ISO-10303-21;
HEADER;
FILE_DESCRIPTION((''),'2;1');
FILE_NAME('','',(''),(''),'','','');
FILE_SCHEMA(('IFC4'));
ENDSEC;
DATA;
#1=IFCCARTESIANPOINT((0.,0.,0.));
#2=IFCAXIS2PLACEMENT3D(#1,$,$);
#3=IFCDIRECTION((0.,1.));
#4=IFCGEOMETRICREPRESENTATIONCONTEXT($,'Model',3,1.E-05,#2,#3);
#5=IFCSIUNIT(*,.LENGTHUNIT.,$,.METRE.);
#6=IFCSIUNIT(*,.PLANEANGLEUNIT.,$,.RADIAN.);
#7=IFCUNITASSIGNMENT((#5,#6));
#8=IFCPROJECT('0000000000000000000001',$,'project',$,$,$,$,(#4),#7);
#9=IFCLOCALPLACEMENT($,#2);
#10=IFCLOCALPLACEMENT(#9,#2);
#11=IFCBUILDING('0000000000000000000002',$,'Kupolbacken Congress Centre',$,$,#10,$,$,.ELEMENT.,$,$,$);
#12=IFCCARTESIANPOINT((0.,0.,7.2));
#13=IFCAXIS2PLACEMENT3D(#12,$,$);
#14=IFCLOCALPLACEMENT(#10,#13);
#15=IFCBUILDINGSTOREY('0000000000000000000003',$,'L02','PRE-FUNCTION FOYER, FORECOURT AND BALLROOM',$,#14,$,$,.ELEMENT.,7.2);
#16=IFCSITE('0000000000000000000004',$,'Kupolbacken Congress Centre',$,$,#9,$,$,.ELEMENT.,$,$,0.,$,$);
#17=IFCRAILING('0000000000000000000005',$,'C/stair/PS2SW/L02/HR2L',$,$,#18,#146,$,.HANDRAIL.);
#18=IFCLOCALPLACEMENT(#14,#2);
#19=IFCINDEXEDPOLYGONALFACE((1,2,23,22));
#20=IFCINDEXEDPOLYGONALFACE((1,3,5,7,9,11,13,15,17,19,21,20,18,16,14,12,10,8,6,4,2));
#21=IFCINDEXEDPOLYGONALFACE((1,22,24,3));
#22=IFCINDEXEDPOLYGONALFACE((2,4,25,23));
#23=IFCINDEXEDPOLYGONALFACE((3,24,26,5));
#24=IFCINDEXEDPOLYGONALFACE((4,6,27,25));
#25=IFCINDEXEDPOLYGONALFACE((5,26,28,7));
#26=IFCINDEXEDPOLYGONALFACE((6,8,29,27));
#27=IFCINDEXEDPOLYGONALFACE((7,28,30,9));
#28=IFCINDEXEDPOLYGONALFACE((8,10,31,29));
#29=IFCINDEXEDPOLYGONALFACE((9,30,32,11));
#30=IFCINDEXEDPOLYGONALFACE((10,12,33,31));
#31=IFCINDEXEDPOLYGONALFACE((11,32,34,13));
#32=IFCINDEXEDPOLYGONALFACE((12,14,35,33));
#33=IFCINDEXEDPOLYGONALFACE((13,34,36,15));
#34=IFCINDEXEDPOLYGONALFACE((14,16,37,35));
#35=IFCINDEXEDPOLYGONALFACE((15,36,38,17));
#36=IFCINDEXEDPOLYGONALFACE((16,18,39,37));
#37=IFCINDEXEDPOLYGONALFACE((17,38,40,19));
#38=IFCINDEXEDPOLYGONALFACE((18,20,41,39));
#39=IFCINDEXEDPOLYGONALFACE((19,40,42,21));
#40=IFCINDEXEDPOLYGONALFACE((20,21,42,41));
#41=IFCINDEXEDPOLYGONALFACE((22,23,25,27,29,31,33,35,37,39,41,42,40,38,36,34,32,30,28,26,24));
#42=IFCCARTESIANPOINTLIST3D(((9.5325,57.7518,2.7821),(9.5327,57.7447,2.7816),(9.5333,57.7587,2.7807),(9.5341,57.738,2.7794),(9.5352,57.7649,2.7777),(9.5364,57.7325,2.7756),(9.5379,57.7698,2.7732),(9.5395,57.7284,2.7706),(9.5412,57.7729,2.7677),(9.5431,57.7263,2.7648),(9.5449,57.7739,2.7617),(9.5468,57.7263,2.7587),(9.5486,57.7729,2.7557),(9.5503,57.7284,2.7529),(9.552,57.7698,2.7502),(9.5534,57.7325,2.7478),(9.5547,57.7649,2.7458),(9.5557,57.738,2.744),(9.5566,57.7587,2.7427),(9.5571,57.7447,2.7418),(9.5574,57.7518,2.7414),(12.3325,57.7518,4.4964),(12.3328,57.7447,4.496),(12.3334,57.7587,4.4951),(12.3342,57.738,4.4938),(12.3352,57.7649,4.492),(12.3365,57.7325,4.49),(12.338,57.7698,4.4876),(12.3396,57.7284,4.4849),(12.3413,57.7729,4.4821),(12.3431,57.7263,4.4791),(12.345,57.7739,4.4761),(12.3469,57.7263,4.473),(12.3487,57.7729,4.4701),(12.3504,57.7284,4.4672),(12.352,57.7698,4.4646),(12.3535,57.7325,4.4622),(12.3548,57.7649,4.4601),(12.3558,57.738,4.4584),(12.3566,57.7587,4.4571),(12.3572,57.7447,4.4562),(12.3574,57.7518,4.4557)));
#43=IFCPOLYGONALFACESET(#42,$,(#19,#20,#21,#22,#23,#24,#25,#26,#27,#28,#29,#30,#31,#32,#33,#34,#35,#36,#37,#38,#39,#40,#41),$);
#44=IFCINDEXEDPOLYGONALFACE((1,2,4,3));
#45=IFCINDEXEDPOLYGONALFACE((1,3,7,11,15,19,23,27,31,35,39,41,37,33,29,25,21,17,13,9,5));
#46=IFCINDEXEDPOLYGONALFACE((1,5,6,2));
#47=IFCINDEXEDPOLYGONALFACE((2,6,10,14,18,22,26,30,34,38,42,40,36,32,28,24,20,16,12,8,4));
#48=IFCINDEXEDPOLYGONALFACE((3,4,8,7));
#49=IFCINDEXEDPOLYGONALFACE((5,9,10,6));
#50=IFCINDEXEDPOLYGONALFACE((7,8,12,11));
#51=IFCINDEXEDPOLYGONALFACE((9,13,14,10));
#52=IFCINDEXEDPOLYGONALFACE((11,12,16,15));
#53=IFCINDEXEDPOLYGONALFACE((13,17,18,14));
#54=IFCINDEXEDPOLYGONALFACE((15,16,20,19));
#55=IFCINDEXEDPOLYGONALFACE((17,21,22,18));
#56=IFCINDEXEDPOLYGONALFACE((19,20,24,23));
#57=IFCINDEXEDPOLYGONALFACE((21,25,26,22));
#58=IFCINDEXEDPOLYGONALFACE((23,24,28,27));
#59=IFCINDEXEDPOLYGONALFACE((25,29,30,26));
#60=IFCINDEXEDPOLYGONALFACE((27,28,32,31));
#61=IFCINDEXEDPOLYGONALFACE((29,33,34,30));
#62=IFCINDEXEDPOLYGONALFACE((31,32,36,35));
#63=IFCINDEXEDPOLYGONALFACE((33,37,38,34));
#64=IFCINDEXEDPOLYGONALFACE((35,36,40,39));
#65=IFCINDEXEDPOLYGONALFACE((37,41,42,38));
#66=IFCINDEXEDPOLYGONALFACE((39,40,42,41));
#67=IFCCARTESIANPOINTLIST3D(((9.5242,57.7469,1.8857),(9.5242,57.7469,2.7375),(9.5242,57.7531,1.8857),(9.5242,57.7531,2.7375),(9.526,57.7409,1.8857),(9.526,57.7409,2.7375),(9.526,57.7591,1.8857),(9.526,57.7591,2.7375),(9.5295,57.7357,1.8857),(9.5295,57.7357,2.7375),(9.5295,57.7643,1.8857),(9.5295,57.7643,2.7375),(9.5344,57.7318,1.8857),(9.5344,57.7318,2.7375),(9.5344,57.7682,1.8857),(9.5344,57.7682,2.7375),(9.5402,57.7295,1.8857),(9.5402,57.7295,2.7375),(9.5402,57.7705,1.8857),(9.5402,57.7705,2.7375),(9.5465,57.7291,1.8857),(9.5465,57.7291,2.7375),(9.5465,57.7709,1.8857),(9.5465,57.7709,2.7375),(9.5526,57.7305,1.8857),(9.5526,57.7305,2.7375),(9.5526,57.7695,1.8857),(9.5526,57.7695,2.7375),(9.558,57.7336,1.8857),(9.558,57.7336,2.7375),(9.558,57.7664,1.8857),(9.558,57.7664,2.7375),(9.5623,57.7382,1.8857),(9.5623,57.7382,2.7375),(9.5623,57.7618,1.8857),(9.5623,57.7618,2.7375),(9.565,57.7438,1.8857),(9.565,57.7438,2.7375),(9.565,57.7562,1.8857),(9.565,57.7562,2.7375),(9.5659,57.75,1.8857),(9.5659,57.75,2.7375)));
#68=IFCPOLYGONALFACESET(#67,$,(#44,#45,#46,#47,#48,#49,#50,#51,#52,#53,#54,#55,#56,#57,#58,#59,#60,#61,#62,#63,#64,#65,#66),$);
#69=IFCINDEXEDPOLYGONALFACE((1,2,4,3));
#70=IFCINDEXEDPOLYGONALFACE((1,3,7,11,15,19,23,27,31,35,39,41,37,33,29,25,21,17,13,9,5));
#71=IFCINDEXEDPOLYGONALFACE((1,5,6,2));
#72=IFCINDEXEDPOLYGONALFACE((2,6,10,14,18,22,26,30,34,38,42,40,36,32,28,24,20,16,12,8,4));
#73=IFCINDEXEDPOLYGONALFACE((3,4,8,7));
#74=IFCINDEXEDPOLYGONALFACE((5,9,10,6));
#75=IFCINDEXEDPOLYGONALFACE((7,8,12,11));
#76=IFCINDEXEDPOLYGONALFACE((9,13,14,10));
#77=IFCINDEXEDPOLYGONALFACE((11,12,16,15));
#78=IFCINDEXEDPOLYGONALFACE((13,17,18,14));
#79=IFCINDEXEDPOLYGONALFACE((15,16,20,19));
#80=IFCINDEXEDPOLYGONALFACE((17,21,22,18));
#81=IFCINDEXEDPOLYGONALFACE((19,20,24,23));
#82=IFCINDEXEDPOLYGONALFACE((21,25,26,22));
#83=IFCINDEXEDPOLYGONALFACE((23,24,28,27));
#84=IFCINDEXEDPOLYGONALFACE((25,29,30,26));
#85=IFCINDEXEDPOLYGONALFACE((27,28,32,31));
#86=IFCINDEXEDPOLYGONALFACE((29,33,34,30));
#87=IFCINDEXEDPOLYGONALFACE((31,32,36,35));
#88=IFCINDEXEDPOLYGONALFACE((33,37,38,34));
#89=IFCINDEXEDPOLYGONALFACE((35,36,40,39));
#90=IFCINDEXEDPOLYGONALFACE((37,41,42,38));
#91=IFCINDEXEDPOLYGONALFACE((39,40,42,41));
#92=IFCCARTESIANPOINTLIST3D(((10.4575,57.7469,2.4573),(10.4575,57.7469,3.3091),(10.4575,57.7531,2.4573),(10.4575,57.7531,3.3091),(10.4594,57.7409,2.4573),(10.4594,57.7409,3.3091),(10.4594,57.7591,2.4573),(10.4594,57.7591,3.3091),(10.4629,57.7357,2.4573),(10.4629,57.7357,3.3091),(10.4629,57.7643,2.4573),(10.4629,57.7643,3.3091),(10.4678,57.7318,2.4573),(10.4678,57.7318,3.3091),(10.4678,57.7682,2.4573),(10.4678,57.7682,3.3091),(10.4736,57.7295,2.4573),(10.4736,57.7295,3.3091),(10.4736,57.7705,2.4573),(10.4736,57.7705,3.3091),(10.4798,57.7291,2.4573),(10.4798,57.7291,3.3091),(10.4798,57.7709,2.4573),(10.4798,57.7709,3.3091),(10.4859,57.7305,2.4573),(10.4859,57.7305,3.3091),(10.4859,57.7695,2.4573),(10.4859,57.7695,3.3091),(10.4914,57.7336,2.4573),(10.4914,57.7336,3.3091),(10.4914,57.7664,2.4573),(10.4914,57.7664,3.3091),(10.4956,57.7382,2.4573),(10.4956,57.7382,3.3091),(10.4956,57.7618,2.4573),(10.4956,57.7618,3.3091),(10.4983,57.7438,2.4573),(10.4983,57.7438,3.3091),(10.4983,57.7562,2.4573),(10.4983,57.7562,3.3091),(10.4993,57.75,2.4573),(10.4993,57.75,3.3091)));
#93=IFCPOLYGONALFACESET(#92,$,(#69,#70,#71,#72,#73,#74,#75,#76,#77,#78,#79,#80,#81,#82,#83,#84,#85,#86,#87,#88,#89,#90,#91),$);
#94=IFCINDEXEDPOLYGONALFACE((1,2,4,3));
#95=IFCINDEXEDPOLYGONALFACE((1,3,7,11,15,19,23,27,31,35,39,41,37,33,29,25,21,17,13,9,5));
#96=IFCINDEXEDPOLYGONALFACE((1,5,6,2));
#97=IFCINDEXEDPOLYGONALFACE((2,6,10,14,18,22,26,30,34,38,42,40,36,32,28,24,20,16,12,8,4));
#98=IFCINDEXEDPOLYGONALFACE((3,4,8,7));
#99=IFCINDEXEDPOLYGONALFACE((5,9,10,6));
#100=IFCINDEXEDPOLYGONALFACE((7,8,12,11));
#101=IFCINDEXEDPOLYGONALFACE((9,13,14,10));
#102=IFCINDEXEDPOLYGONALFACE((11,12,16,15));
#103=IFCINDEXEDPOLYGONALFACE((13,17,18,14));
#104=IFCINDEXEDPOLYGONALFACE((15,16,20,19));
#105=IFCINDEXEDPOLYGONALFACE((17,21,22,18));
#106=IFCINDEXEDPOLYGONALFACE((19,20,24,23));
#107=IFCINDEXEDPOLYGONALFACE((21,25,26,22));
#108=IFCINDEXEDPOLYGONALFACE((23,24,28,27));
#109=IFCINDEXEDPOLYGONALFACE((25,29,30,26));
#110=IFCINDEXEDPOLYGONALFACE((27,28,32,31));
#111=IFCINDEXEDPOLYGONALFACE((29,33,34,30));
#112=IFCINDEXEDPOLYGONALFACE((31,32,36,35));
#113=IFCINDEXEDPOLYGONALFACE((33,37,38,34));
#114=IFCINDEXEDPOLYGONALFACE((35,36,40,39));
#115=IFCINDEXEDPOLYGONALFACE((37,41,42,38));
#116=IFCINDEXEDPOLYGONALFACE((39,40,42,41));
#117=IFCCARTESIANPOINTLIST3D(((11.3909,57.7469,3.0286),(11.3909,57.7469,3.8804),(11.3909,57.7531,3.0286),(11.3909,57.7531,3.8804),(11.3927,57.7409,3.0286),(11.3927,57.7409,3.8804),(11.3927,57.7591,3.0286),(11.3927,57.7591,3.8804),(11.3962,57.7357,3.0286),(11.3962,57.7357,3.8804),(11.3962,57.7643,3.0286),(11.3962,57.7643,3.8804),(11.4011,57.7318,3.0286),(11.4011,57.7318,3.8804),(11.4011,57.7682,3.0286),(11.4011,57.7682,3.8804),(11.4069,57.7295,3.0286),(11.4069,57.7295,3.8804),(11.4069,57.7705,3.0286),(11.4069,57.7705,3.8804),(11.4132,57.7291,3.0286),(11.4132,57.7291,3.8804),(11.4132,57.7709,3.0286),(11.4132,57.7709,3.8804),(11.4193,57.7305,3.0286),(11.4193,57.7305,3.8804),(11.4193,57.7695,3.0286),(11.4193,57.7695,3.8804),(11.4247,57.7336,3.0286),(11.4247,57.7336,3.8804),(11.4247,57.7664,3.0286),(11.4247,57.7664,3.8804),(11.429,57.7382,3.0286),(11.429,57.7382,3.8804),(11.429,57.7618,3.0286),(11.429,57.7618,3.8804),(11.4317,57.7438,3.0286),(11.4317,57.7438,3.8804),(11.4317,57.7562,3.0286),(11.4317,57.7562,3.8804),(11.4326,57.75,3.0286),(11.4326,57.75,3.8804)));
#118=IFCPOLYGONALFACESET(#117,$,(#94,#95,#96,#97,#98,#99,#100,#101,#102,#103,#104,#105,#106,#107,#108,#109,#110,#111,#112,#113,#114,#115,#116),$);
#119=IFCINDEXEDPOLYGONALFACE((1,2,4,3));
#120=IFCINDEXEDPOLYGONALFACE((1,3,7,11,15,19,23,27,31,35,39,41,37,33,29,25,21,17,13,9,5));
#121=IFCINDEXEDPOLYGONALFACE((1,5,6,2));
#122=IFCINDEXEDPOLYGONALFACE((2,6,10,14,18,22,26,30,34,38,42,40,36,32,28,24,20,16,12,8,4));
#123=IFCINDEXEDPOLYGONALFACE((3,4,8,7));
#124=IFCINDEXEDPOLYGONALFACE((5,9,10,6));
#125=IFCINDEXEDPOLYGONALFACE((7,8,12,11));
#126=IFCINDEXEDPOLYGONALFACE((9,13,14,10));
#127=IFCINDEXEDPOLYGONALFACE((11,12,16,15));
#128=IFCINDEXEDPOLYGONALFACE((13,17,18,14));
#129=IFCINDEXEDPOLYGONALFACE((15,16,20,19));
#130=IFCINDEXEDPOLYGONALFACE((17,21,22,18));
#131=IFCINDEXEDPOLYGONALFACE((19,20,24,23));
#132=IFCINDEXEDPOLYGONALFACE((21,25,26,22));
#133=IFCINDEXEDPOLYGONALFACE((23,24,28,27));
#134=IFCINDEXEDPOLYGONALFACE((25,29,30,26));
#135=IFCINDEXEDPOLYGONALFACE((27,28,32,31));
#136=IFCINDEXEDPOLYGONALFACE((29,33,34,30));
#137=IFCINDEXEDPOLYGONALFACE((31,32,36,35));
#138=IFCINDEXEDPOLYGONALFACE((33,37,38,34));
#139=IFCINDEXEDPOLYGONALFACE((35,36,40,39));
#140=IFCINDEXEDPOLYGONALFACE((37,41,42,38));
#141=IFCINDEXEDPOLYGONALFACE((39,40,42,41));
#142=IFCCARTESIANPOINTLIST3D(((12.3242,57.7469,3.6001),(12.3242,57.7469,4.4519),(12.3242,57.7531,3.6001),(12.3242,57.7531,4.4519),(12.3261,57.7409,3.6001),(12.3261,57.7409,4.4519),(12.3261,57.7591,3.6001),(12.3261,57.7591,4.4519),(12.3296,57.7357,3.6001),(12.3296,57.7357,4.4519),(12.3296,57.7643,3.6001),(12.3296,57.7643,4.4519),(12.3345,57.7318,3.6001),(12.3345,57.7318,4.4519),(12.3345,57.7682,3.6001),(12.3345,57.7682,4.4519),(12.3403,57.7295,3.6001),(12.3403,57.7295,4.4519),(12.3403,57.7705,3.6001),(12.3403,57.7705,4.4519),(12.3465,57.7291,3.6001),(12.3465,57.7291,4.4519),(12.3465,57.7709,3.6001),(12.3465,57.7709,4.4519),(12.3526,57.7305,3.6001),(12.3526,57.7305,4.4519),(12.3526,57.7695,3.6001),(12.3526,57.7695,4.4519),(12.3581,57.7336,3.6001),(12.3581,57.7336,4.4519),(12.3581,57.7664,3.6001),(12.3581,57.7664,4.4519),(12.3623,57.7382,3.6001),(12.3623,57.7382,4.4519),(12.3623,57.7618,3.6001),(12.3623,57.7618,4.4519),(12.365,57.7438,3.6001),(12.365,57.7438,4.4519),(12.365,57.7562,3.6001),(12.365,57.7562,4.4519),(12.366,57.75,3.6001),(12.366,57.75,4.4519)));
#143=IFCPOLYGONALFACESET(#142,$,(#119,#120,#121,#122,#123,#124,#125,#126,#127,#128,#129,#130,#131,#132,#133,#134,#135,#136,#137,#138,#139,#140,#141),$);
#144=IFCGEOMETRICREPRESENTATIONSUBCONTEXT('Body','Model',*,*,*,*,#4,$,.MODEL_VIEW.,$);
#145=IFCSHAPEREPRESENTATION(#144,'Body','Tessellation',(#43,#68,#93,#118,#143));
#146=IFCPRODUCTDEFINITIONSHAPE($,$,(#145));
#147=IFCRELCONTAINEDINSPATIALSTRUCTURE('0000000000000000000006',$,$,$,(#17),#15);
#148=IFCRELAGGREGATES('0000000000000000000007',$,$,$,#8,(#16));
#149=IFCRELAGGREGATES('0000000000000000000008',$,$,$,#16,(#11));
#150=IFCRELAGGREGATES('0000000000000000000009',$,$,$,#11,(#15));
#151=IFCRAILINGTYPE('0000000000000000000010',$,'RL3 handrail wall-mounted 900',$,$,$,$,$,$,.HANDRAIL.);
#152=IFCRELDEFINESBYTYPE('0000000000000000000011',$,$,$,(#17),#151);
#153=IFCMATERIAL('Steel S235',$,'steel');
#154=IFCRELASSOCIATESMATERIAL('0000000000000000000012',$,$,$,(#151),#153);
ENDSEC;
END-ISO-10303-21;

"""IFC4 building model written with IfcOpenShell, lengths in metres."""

from ifc_helpers import new_model, si_unit, direction, frame, origin, origin_2d, place, context, subcontext, project, spatial, circle, extrude, material, type_object, element, save


model = new_model("IFC4")

# Units and contexts
model_context = context("Model", 3, precision=1e-05, world=origin(), true_north=direction((0.0, 1.0)))
body_context = subcontext(model_context, "Body", "Model", "MODEL_VIEW")
ifc_project = project(units=[si_unit("LENGTHUNIT", "METRE"), si_unit("PLANEANGLEUNIT", "RADIAN")], contexts=[model_context])

# Site, building, storey
site_placement = place(None, origin())
site = spatial("IfcSite", under=ifc_project, at=site_placement, Name="Kupolbacken Congress Centre", CompositionType="ELEMENT", RefElevation=0.0)
building_placement = place(site_placement, origin())
building = spatial("IfcBuilding", under=site, at=building_placement, Name="Kupolbacken Congress Centre", CompositionType="ELEMENT")
storey_placement = place(building_placement, frame((0.0, 0.0, 7.2)))
storey = spatial("IfcBuildingStorey", under=building, at=storey_placement, Name="L02", Description="PRE-FUNCTION FOYER, FORECOURT AND BALLROOM", CompositionType="ELEMENT", Elevation=7.2)

# Railing
ifc_material_1 = material(Name="Steel S235", Category="steel")
railing_type = type_object("IfcRailingType", Name="RL3 handrail wall-mounted 900", PredefinedType="HANDRAIL", material=ifc_material_1)
for number, where, name in (
    (1, (9.5449, 57.75, 1.8857), "C/stair/PS2SW/L02/HR2L"),
):
    element("IfcRailing", number, at=place(storey_placement, frame(where)), inside=storey, type_object=railing_type, Name=name, PredefinedType="HANDRAIL", context=body_context, shape_type="SweptSolid", body=[
        extrude(circle(Radius=0.0239, at=origin_2d()), frame((0.0, 0.0, 0.876), z_axis=(0.852846, 0.0, 0.522163), x_axis=(0.0, 1.0, 0.0)), (0.0, 0.0, 1.0), 3.2832),
        extrude(circle(Radius=0.021, at=origin_2d()), origin(), (0.0, 0.0, 1.0), 0.8518),
        extrude(circle(Radius=0.021, at=origin_2d()), frame((0.9333, 0.0, 0.5715)), (0.0, 0.0, 1.0), 0.8518),
        extrude(circle(Radius=0.021, at=origin_2d()), frame((1.8667, 0.0, 1.1428)), (0.0, 0.0, 1.0), 0.8518),
        extrude(circle(Radius=0.021, at=origin_2d()), frame((2.8, 0.0, 1.7144)), (0.0, 0.0, 1.0), 0.8518),
    ])

save(model, "model.ifc")
